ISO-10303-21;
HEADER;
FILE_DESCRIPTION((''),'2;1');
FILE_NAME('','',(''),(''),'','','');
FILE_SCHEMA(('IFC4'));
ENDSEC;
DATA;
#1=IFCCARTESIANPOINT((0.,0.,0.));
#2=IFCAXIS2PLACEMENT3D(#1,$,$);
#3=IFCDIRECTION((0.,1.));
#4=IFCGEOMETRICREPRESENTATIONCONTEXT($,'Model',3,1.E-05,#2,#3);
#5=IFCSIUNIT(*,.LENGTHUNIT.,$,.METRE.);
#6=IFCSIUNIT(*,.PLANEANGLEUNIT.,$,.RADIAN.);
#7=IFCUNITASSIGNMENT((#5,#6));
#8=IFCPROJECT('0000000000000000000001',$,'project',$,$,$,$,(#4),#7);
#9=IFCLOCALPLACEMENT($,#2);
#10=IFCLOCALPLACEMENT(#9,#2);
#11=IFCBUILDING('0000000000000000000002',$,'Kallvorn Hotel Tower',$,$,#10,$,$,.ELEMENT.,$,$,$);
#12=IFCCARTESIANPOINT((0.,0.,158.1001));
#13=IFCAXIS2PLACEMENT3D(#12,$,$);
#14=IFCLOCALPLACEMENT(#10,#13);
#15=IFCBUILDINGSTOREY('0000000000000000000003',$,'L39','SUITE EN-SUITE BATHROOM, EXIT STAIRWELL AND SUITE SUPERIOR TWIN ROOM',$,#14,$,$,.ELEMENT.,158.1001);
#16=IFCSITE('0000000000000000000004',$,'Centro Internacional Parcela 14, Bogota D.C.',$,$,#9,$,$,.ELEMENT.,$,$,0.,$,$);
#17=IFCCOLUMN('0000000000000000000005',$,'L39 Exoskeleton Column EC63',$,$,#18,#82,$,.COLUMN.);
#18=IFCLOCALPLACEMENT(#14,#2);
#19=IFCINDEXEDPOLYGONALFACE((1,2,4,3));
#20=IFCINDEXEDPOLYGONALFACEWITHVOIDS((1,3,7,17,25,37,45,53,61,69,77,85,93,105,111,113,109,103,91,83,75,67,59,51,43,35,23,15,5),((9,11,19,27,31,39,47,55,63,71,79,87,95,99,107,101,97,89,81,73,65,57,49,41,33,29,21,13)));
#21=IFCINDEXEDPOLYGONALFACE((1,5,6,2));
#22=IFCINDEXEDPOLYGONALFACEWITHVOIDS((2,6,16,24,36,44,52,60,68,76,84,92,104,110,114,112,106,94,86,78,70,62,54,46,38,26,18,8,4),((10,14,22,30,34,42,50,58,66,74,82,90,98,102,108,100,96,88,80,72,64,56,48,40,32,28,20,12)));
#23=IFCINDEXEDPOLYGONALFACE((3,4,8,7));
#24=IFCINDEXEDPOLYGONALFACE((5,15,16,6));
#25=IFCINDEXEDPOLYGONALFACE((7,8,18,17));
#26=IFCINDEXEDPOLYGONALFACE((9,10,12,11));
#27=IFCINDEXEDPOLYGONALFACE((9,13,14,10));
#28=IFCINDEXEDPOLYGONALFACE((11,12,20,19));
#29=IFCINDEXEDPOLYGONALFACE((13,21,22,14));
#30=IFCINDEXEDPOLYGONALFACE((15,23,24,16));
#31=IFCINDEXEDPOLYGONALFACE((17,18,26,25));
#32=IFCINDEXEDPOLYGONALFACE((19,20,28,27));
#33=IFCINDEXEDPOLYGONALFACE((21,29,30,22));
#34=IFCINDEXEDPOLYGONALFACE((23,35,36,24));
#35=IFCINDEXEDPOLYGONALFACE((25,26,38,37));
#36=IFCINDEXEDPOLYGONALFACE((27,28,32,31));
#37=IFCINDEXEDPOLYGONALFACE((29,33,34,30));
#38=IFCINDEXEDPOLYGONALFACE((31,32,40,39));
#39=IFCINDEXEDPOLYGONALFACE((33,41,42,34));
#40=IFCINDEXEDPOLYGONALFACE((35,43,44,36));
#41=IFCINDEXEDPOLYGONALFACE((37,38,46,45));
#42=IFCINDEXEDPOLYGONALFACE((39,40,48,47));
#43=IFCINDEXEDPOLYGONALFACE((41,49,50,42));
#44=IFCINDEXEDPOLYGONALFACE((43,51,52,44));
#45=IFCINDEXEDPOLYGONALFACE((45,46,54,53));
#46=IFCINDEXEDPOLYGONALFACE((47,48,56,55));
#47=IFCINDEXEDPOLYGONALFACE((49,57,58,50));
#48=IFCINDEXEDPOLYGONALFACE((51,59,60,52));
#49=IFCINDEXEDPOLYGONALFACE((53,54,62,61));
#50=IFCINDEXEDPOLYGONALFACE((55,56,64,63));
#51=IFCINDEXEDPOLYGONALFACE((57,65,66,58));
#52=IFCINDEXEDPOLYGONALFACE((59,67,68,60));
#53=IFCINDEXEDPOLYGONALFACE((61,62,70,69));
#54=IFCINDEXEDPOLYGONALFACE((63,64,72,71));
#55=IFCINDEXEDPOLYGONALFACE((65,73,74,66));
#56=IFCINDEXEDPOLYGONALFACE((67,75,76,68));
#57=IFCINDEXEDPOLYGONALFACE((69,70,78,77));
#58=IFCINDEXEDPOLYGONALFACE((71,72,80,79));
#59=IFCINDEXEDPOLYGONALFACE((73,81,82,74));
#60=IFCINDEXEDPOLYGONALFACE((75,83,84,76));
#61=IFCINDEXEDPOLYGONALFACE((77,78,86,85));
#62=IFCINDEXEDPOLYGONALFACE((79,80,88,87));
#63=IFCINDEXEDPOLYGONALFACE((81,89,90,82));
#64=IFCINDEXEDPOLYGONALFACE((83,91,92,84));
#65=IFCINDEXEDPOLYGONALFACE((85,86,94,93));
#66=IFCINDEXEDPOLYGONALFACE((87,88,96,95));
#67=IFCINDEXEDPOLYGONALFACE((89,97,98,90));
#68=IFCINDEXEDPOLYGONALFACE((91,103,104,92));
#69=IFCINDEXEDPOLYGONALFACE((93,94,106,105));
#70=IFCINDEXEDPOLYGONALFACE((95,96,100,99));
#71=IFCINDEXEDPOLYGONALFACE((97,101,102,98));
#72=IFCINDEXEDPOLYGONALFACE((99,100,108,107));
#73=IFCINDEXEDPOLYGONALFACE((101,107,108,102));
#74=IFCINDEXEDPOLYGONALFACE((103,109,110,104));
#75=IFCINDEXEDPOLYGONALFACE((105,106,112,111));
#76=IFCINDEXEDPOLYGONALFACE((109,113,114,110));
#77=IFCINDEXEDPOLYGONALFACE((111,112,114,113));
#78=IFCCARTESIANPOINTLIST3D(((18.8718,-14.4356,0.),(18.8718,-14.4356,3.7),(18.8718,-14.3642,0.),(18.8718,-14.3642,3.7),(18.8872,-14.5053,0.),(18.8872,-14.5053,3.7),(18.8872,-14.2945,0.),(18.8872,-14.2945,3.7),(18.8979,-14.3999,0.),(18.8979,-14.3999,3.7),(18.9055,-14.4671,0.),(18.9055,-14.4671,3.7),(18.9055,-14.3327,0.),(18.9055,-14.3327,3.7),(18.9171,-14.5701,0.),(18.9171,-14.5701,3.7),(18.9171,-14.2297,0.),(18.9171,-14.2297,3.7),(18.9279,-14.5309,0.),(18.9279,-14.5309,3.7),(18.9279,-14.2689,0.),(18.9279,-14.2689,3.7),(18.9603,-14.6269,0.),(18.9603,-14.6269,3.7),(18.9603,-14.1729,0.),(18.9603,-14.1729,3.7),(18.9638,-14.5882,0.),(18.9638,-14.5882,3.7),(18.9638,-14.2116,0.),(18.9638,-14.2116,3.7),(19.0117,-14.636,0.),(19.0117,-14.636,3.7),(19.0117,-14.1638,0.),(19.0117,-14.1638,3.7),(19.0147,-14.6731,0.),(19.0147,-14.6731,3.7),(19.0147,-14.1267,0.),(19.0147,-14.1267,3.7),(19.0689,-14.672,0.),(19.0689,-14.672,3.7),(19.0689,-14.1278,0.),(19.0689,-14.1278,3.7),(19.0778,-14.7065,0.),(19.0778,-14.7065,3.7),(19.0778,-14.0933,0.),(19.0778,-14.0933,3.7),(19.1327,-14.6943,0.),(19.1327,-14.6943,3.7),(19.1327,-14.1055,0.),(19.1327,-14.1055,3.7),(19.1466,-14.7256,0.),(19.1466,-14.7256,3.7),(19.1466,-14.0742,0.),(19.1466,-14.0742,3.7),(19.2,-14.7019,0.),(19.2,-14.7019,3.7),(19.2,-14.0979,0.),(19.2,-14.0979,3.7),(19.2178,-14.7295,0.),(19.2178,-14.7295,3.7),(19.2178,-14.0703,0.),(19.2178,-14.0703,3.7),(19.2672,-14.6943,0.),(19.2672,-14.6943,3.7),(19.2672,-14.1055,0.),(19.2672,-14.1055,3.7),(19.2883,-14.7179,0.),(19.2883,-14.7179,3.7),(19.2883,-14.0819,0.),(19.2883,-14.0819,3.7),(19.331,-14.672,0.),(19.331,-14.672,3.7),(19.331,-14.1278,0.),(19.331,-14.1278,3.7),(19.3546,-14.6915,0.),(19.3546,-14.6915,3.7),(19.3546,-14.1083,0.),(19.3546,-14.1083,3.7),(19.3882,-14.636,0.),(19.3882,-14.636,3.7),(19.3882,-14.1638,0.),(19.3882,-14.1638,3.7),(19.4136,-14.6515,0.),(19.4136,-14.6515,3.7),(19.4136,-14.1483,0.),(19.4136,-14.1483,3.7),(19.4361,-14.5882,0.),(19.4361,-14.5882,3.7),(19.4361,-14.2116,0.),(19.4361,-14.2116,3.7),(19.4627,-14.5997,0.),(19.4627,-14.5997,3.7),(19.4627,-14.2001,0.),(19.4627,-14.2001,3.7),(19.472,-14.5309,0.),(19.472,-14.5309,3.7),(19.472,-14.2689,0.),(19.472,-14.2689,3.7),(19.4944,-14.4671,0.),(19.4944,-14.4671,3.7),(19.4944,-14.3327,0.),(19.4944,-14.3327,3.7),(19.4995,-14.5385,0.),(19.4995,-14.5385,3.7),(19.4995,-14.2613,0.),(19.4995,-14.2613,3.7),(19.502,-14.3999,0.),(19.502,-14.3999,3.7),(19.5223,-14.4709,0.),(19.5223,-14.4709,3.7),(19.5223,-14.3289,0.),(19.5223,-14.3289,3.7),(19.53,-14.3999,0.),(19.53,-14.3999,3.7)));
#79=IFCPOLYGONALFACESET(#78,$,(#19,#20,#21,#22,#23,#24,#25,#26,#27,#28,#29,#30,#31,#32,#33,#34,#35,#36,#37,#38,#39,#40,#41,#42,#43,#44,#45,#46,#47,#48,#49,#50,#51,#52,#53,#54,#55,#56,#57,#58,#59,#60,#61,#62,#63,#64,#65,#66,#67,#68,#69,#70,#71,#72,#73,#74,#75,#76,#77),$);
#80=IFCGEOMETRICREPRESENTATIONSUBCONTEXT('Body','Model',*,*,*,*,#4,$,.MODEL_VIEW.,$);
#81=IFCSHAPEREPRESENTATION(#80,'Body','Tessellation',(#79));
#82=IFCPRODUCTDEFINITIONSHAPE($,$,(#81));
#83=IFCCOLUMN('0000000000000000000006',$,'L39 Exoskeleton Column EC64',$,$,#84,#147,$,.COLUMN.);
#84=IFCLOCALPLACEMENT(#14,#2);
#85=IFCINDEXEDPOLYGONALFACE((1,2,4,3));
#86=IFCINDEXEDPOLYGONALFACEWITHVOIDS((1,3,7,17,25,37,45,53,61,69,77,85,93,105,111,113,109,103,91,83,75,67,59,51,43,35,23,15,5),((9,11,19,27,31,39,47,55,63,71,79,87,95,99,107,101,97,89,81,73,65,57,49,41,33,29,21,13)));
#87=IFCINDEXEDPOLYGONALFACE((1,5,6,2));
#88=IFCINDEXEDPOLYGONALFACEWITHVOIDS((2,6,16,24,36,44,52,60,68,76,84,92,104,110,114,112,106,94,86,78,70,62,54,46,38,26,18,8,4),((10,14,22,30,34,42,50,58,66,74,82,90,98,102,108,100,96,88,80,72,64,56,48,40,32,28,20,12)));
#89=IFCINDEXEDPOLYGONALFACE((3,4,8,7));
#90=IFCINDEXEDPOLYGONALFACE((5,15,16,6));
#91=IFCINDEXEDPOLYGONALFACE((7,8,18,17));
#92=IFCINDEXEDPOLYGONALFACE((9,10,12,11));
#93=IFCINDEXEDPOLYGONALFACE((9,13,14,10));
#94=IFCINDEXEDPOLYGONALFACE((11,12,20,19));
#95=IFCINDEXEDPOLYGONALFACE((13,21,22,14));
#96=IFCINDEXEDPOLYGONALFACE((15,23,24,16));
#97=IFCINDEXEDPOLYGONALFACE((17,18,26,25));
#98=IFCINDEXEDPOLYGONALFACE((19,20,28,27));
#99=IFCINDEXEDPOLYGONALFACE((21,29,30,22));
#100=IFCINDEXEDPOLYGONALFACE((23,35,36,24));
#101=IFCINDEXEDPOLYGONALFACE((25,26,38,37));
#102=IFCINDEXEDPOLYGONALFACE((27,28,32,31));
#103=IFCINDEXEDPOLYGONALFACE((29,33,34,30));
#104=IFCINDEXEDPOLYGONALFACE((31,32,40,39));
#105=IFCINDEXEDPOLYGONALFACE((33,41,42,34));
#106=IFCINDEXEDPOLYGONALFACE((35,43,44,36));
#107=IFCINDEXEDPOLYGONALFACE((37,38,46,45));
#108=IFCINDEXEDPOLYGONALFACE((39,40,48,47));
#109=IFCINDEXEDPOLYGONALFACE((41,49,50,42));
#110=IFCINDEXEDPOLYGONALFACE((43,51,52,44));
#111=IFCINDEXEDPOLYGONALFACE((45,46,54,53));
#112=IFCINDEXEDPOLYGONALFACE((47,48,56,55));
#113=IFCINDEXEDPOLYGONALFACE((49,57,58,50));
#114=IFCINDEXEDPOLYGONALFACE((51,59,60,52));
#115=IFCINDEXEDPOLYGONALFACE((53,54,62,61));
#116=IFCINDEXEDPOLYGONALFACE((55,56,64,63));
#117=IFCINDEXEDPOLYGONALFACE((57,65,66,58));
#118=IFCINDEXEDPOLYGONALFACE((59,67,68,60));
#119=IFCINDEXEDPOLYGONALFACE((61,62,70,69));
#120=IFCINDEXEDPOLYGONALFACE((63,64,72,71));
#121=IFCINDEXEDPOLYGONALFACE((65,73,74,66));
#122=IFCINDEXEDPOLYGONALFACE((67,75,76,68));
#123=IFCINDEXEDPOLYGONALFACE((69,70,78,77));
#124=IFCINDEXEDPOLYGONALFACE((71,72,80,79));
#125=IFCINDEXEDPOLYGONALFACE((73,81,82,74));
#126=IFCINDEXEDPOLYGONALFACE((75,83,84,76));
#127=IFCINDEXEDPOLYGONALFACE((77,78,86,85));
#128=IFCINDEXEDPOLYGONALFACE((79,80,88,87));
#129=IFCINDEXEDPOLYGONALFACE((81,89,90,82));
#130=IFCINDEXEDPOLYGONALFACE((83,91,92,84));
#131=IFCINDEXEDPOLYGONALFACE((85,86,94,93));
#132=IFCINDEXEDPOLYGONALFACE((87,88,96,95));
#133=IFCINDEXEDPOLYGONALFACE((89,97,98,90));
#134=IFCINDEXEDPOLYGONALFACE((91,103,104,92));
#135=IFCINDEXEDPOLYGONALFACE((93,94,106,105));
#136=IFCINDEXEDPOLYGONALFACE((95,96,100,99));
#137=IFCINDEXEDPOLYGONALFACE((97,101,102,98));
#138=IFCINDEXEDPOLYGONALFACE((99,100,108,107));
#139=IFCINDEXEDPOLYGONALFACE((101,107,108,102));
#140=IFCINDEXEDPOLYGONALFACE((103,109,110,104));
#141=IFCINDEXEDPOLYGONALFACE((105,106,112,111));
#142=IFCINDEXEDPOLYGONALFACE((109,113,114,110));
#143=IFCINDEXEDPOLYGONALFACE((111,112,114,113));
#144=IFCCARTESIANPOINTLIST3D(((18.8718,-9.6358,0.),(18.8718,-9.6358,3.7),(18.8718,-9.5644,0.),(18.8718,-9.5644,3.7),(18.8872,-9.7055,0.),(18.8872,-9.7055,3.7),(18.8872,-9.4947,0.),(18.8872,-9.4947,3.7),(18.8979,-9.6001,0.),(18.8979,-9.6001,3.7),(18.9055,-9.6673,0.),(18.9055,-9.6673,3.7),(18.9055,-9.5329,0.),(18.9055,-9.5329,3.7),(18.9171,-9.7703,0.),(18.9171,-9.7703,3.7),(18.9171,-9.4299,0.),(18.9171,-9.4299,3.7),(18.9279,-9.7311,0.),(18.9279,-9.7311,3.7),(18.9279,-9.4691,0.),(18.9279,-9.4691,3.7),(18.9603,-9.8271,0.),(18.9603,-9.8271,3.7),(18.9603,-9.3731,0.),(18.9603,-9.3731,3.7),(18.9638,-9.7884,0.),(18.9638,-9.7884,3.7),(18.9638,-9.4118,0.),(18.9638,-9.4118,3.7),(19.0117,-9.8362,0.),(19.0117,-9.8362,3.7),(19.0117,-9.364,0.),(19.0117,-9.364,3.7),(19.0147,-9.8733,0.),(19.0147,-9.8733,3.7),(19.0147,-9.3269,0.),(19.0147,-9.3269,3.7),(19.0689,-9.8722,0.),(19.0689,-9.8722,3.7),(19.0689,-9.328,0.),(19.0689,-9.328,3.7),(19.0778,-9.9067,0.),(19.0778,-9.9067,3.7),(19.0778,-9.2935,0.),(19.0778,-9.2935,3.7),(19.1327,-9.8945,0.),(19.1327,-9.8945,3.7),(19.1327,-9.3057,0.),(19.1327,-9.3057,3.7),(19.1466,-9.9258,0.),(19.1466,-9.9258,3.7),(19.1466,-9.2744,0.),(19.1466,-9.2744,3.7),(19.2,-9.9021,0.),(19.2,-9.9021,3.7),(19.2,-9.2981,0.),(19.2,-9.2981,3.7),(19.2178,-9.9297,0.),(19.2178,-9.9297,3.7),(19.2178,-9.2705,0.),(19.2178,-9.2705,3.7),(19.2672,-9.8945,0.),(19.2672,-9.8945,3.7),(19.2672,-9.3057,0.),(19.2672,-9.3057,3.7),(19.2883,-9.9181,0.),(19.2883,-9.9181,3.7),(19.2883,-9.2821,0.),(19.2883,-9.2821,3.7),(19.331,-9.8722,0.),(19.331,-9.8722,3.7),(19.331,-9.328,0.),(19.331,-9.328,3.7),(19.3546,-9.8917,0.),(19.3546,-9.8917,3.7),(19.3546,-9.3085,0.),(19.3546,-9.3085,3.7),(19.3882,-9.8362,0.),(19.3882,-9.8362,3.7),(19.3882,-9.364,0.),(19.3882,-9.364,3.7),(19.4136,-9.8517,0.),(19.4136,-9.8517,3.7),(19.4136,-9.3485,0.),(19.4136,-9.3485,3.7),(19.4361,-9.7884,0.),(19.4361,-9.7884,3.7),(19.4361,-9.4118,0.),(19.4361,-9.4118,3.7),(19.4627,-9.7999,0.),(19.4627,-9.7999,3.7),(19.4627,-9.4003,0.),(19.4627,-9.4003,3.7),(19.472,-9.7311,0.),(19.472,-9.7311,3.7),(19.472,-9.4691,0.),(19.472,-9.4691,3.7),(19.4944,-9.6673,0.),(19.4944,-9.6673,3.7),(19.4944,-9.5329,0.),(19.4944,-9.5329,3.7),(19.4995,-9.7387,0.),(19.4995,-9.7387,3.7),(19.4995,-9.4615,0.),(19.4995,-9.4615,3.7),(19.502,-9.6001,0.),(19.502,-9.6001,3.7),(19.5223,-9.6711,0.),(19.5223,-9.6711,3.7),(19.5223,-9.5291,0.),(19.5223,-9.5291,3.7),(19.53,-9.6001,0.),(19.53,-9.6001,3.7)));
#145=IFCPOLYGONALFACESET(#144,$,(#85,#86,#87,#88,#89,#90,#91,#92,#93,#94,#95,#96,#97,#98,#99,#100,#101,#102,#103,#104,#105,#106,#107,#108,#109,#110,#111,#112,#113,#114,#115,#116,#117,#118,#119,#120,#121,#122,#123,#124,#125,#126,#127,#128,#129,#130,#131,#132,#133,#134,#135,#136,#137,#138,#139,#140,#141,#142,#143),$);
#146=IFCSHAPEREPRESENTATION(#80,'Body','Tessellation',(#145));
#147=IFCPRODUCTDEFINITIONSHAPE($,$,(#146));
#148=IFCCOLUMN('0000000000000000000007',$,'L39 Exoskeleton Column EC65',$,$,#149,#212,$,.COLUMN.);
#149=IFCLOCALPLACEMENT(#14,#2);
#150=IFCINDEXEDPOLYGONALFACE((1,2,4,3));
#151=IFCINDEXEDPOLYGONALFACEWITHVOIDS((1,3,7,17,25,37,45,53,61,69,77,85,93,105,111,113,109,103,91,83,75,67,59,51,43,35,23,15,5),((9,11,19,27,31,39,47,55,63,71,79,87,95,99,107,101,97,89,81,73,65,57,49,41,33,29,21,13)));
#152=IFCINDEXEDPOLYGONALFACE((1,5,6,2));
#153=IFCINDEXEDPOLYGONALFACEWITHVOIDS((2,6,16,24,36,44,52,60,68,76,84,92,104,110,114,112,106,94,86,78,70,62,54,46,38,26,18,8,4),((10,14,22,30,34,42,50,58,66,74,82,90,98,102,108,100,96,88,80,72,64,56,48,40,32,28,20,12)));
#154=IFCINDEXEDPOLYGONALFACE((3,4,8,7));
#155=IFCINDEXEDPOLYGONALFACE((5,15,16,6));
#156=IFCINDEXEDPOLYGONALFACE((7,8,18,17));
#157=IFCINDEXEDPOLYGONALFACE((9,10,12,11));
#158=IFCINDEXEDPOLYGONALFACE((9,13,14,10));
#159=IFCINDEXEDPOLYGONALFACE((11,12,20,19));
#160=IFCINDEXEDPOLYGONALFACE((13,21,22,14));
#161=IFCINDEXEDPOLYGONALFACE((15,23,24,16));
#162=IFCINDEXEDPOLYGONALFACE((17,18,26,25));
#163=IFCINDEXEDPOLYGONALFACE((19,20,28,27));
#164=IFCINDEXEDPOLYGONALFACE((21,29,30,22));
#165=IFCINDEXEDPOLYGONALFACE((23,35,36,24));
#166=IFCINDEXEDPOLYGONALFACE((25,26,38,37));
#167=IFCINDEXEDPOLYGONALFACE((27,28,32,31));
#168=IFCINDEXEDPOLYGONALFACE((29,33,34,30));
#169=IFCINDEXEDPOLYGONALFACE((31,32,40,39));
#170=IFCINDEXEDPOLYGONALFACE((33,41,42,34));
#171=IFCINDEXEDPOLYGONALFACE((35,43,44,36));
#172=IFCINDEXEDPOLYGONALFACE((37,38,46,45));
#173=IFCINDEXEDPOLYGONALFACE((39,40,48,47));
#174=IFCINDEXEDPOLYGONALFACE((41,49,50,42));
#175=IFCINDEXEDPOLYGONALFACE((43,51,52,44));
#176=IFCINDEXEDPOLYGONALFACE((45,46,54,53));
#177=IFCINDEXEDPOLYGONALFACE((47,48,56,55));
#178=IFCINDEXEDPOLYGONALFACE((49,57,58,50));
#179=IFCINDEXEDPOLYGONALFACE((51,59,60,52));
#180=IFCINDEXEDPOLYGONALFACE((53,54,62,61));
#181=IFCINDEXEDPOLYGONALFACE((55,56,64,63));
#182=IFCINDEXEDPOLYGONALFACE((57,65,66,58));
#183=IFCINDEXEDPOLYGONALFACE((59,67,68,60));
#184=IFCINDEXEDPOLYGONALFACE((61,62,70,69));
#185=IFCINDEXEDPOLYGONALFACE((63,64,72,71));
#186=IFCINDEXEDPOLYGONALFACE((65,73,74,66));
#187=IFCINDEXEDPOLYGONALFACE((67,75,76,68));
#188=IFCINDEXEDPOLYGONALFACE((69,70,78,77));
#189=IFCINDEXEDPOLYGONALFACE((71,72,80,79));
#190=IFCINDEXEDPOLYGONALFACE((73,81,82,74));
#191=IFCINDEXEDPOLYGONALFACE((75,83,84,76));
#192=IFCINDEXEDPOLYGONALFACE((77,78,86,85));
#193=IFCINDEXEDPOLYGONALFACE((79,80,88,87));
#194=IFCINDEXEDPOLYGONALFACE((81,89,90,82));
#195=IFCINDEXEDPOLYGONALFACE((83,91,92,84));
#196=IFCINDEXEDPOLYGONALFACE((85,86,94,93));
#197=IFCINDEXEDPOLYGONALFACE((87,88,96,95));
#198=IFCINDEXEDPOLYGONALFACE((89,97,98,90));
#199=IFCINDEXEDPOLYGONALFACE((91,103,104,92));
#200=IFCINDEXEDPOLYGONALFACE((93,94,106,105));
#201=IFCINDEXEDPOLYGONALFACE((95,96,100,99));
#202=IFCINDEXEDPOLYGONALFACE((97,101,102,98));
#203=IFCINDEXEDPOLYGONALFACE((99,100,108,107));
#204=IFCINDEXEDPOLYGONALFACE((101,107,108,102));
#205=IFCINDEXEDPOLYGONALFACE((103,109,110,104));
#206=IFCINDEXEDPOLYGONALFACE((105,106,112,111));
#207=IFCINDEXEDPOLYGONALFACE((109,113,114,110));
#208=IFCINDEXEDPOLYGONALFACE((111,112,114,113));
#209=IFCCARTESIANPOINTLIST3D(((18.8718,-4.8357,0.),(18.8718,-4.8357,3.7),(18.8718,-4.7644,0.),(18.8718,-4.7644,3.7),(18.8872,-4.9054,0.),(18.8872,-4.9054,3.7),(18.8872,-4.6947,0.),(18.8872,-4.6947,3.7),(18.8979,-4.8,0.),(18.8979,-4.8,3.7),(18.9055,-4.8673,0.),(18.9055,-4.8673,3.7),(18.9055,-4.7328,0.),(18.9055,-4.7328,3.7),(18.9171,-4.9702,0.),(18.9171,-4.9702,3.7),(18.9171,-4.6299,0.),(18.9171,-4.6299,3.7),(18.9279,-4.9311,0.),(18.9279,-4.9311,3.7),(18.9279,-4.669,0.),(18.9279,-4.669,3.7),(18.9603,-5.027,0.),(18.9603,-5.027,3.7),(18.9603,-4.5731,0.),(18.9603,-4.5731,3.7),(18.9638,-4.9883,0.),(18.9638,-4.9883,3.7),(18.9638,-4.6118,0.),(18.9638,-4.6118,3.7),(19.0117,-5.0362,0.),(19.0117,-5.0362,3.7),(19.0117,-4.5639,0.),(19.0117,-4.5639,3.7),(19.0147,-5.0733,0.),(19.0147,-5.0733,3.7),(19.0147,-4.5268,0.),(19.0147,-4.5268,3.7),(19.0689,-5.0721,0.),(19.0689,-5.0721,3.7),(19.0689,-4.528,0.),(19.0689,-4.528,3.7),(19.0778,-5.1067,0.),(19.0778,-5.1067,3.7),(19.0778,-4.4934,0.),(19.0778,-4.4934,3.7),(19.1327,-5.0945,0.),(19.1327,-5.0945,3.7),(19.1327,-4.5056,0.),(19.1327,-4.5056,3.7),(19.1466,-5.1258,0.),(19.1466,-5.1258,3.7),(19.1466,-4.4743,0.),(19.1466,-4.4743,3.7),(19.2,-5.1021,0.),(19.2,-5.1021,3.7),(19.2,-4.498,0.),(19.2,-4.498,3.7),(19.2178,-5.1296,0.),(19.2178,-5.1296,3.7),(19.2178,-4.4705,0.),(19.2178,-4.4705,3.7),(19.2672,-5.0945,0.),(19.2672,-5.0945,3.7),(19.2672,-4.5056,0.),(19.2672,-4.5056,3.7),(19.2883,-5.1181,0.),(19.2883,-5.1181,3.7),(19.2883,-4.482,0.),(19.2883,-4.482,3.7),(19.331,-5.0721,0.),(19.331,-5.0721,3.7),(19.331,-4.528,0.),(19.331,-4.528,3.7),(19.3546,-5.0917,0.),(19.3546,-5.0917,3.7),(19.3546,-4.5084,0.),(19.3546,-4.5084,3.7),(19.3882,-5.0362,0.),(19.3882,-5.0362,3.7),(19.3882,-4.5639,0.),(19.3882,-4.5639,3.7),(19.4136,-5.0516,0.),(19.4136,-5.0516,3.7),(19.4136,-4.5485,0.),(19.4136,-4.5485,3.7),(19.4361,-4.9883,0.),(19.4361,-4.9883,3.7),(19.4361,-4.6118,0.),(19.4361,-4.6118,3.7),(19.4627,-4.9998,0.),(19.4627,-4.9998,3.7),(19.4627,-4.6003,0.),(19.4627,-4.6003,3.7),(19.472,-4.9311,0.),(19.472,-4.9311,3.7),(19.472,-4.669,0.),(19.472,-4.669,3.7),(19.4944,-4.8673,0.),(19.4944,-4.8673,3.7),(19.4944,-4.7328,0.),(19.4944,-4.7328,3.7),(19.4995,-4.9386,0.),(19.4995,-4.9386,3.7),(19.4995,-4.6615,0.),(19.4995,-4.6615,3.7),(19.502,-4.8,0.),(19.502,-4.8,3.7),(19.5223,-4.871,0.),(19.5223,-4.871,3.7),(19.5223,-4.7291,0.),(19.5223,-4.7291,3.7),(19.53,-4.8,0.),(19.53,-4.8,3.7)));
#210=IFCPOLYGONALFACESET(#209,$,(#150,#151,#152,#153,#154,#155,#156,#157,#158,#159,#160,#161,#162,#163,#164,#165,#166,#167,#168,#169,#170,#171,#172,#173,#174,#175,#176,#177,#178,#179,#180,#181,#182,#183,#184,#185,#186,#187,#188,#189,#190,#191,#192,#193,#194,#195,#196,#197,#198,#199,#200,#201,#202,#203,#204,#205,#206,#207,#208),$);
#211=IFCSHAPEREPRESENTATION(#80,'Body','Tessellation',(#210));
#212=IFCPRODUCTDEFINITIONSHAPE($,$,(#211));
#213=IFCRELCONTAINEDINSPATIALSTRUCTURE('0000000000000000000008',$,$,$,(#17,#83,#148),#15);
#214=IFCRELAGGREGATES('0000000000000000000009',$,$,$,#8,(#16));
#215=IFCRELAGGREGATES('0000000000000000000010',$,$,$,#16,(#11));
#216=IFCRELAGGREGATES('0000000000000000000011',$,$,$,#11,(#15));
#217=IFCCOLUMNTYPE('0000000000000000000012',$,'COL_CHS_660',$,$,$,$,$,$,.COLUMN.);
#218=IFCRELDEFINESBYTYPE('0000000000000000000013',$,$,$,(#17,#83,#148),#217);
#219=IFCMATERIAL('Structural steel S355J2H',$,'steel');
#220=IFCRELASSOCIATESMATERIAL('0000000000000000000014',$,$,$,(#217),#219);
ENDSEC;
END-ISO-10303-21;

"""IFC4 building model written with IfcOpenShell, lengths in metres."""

from ifc_helpers import new_model, si_unit, direction, frame, origin, origin_2d, place, context, subcontext, project, spatial, hollow_circle, extrude, material, material_profile, profile_set, type_object, element, save


model = new_model("IFC4")

# Units and contexts
model_context = context("Model", 3, precision=1e-05, world=origin(), true_north=direction((0.0, 1.0)))
body_context = subcontext(model_context, "Body", "Model", "MODEL_VIEW")
ifc_project = project(units=[si_unit("LENGTHUNIT", "METRE"), si_unit("PLANEANGLEUNIT", "RADIAN")], contexts=[model_context])

# Site, building, storey
site_placement = place(None, origin())
site = spatial("IfcSite", under=ifc_project, at=site_placement, Name="Centro Internacional Parcela 14, Bogota D.C.", CompositionType="ELEMENT", RefElevation=0.0)
building_placement = place(site_placement, origin())
building = spatial("IfcBuilding", under=site, at=building_placement, Name="Kallvorn Hotel Tower", CompositionType="ELEMENT")
storey_placement = place(building_placement, frame((0.0, 0.0, 158.1001)))
storey = spatial("IfcBuildingStorey", under=building, at=storey_placement, Name="L39", Description="SUITE EN-SUITE BATHROOM, EXIT STAIRWELL AND SUITE SUPERIOR TWIN ROOM", CompositionType="ELEMENT", Elevation=158.1001)

# Columns
ifc_material_1 = material(Name="Structural steel S355J2H", Category="steel")
ifc_material_profile_1 = material_profile(ifc_material_1, hollow_circle(Radius=0.3301, WallThickness=0.0281, at=origin_2d()), Name="CHS 660x28")
ifc_profile_set_1 = profile_set([ifc_material_profile_1], Name="Structural steel S355J2H")
column_type_1 = type_object("IfcColumnType", Name="COL_CHS_660", PredefinedType="COLUMN", material=ifc_profile_set_1)
for number, where, z_axis, x_axis, name in (
    (1, (19.2, -14.3999, 0.0), (0.0, 0.0, 1.0), (1.0, 0.0, 0.0), "L39 Exoskeleton Column EC63"),
    (2, (19.2, -9.6001, 0.0), (0.0, 0.0, 1.0), (1.0, 0.0, 0.0), "L39 Exoskeleton Column EC64"),
    (3, (19.2, -4.8, 0.0), (0.0, 0.0, 1.0), (1.0, 0.0, 0.0), "L39 Exoskeleton Column EC65"),
):
    element("IfcColumn", number, at=place(storey_placement, frame(where, z_axis=z_axis, x_axis=x_axis)), inside=storey, type_object=column_type_1, Name=name, PredefinedType="COLUMN", context=body_context, shape_type="SweptSolid", body=[
        extrude(hollow_circle(Radius=0.3301, WallThickness=0.0281, at=origin_2d()), origin(), (0.0, 0.0, 1.0), 3.7),
    ])

save(model, "model.ifc")
